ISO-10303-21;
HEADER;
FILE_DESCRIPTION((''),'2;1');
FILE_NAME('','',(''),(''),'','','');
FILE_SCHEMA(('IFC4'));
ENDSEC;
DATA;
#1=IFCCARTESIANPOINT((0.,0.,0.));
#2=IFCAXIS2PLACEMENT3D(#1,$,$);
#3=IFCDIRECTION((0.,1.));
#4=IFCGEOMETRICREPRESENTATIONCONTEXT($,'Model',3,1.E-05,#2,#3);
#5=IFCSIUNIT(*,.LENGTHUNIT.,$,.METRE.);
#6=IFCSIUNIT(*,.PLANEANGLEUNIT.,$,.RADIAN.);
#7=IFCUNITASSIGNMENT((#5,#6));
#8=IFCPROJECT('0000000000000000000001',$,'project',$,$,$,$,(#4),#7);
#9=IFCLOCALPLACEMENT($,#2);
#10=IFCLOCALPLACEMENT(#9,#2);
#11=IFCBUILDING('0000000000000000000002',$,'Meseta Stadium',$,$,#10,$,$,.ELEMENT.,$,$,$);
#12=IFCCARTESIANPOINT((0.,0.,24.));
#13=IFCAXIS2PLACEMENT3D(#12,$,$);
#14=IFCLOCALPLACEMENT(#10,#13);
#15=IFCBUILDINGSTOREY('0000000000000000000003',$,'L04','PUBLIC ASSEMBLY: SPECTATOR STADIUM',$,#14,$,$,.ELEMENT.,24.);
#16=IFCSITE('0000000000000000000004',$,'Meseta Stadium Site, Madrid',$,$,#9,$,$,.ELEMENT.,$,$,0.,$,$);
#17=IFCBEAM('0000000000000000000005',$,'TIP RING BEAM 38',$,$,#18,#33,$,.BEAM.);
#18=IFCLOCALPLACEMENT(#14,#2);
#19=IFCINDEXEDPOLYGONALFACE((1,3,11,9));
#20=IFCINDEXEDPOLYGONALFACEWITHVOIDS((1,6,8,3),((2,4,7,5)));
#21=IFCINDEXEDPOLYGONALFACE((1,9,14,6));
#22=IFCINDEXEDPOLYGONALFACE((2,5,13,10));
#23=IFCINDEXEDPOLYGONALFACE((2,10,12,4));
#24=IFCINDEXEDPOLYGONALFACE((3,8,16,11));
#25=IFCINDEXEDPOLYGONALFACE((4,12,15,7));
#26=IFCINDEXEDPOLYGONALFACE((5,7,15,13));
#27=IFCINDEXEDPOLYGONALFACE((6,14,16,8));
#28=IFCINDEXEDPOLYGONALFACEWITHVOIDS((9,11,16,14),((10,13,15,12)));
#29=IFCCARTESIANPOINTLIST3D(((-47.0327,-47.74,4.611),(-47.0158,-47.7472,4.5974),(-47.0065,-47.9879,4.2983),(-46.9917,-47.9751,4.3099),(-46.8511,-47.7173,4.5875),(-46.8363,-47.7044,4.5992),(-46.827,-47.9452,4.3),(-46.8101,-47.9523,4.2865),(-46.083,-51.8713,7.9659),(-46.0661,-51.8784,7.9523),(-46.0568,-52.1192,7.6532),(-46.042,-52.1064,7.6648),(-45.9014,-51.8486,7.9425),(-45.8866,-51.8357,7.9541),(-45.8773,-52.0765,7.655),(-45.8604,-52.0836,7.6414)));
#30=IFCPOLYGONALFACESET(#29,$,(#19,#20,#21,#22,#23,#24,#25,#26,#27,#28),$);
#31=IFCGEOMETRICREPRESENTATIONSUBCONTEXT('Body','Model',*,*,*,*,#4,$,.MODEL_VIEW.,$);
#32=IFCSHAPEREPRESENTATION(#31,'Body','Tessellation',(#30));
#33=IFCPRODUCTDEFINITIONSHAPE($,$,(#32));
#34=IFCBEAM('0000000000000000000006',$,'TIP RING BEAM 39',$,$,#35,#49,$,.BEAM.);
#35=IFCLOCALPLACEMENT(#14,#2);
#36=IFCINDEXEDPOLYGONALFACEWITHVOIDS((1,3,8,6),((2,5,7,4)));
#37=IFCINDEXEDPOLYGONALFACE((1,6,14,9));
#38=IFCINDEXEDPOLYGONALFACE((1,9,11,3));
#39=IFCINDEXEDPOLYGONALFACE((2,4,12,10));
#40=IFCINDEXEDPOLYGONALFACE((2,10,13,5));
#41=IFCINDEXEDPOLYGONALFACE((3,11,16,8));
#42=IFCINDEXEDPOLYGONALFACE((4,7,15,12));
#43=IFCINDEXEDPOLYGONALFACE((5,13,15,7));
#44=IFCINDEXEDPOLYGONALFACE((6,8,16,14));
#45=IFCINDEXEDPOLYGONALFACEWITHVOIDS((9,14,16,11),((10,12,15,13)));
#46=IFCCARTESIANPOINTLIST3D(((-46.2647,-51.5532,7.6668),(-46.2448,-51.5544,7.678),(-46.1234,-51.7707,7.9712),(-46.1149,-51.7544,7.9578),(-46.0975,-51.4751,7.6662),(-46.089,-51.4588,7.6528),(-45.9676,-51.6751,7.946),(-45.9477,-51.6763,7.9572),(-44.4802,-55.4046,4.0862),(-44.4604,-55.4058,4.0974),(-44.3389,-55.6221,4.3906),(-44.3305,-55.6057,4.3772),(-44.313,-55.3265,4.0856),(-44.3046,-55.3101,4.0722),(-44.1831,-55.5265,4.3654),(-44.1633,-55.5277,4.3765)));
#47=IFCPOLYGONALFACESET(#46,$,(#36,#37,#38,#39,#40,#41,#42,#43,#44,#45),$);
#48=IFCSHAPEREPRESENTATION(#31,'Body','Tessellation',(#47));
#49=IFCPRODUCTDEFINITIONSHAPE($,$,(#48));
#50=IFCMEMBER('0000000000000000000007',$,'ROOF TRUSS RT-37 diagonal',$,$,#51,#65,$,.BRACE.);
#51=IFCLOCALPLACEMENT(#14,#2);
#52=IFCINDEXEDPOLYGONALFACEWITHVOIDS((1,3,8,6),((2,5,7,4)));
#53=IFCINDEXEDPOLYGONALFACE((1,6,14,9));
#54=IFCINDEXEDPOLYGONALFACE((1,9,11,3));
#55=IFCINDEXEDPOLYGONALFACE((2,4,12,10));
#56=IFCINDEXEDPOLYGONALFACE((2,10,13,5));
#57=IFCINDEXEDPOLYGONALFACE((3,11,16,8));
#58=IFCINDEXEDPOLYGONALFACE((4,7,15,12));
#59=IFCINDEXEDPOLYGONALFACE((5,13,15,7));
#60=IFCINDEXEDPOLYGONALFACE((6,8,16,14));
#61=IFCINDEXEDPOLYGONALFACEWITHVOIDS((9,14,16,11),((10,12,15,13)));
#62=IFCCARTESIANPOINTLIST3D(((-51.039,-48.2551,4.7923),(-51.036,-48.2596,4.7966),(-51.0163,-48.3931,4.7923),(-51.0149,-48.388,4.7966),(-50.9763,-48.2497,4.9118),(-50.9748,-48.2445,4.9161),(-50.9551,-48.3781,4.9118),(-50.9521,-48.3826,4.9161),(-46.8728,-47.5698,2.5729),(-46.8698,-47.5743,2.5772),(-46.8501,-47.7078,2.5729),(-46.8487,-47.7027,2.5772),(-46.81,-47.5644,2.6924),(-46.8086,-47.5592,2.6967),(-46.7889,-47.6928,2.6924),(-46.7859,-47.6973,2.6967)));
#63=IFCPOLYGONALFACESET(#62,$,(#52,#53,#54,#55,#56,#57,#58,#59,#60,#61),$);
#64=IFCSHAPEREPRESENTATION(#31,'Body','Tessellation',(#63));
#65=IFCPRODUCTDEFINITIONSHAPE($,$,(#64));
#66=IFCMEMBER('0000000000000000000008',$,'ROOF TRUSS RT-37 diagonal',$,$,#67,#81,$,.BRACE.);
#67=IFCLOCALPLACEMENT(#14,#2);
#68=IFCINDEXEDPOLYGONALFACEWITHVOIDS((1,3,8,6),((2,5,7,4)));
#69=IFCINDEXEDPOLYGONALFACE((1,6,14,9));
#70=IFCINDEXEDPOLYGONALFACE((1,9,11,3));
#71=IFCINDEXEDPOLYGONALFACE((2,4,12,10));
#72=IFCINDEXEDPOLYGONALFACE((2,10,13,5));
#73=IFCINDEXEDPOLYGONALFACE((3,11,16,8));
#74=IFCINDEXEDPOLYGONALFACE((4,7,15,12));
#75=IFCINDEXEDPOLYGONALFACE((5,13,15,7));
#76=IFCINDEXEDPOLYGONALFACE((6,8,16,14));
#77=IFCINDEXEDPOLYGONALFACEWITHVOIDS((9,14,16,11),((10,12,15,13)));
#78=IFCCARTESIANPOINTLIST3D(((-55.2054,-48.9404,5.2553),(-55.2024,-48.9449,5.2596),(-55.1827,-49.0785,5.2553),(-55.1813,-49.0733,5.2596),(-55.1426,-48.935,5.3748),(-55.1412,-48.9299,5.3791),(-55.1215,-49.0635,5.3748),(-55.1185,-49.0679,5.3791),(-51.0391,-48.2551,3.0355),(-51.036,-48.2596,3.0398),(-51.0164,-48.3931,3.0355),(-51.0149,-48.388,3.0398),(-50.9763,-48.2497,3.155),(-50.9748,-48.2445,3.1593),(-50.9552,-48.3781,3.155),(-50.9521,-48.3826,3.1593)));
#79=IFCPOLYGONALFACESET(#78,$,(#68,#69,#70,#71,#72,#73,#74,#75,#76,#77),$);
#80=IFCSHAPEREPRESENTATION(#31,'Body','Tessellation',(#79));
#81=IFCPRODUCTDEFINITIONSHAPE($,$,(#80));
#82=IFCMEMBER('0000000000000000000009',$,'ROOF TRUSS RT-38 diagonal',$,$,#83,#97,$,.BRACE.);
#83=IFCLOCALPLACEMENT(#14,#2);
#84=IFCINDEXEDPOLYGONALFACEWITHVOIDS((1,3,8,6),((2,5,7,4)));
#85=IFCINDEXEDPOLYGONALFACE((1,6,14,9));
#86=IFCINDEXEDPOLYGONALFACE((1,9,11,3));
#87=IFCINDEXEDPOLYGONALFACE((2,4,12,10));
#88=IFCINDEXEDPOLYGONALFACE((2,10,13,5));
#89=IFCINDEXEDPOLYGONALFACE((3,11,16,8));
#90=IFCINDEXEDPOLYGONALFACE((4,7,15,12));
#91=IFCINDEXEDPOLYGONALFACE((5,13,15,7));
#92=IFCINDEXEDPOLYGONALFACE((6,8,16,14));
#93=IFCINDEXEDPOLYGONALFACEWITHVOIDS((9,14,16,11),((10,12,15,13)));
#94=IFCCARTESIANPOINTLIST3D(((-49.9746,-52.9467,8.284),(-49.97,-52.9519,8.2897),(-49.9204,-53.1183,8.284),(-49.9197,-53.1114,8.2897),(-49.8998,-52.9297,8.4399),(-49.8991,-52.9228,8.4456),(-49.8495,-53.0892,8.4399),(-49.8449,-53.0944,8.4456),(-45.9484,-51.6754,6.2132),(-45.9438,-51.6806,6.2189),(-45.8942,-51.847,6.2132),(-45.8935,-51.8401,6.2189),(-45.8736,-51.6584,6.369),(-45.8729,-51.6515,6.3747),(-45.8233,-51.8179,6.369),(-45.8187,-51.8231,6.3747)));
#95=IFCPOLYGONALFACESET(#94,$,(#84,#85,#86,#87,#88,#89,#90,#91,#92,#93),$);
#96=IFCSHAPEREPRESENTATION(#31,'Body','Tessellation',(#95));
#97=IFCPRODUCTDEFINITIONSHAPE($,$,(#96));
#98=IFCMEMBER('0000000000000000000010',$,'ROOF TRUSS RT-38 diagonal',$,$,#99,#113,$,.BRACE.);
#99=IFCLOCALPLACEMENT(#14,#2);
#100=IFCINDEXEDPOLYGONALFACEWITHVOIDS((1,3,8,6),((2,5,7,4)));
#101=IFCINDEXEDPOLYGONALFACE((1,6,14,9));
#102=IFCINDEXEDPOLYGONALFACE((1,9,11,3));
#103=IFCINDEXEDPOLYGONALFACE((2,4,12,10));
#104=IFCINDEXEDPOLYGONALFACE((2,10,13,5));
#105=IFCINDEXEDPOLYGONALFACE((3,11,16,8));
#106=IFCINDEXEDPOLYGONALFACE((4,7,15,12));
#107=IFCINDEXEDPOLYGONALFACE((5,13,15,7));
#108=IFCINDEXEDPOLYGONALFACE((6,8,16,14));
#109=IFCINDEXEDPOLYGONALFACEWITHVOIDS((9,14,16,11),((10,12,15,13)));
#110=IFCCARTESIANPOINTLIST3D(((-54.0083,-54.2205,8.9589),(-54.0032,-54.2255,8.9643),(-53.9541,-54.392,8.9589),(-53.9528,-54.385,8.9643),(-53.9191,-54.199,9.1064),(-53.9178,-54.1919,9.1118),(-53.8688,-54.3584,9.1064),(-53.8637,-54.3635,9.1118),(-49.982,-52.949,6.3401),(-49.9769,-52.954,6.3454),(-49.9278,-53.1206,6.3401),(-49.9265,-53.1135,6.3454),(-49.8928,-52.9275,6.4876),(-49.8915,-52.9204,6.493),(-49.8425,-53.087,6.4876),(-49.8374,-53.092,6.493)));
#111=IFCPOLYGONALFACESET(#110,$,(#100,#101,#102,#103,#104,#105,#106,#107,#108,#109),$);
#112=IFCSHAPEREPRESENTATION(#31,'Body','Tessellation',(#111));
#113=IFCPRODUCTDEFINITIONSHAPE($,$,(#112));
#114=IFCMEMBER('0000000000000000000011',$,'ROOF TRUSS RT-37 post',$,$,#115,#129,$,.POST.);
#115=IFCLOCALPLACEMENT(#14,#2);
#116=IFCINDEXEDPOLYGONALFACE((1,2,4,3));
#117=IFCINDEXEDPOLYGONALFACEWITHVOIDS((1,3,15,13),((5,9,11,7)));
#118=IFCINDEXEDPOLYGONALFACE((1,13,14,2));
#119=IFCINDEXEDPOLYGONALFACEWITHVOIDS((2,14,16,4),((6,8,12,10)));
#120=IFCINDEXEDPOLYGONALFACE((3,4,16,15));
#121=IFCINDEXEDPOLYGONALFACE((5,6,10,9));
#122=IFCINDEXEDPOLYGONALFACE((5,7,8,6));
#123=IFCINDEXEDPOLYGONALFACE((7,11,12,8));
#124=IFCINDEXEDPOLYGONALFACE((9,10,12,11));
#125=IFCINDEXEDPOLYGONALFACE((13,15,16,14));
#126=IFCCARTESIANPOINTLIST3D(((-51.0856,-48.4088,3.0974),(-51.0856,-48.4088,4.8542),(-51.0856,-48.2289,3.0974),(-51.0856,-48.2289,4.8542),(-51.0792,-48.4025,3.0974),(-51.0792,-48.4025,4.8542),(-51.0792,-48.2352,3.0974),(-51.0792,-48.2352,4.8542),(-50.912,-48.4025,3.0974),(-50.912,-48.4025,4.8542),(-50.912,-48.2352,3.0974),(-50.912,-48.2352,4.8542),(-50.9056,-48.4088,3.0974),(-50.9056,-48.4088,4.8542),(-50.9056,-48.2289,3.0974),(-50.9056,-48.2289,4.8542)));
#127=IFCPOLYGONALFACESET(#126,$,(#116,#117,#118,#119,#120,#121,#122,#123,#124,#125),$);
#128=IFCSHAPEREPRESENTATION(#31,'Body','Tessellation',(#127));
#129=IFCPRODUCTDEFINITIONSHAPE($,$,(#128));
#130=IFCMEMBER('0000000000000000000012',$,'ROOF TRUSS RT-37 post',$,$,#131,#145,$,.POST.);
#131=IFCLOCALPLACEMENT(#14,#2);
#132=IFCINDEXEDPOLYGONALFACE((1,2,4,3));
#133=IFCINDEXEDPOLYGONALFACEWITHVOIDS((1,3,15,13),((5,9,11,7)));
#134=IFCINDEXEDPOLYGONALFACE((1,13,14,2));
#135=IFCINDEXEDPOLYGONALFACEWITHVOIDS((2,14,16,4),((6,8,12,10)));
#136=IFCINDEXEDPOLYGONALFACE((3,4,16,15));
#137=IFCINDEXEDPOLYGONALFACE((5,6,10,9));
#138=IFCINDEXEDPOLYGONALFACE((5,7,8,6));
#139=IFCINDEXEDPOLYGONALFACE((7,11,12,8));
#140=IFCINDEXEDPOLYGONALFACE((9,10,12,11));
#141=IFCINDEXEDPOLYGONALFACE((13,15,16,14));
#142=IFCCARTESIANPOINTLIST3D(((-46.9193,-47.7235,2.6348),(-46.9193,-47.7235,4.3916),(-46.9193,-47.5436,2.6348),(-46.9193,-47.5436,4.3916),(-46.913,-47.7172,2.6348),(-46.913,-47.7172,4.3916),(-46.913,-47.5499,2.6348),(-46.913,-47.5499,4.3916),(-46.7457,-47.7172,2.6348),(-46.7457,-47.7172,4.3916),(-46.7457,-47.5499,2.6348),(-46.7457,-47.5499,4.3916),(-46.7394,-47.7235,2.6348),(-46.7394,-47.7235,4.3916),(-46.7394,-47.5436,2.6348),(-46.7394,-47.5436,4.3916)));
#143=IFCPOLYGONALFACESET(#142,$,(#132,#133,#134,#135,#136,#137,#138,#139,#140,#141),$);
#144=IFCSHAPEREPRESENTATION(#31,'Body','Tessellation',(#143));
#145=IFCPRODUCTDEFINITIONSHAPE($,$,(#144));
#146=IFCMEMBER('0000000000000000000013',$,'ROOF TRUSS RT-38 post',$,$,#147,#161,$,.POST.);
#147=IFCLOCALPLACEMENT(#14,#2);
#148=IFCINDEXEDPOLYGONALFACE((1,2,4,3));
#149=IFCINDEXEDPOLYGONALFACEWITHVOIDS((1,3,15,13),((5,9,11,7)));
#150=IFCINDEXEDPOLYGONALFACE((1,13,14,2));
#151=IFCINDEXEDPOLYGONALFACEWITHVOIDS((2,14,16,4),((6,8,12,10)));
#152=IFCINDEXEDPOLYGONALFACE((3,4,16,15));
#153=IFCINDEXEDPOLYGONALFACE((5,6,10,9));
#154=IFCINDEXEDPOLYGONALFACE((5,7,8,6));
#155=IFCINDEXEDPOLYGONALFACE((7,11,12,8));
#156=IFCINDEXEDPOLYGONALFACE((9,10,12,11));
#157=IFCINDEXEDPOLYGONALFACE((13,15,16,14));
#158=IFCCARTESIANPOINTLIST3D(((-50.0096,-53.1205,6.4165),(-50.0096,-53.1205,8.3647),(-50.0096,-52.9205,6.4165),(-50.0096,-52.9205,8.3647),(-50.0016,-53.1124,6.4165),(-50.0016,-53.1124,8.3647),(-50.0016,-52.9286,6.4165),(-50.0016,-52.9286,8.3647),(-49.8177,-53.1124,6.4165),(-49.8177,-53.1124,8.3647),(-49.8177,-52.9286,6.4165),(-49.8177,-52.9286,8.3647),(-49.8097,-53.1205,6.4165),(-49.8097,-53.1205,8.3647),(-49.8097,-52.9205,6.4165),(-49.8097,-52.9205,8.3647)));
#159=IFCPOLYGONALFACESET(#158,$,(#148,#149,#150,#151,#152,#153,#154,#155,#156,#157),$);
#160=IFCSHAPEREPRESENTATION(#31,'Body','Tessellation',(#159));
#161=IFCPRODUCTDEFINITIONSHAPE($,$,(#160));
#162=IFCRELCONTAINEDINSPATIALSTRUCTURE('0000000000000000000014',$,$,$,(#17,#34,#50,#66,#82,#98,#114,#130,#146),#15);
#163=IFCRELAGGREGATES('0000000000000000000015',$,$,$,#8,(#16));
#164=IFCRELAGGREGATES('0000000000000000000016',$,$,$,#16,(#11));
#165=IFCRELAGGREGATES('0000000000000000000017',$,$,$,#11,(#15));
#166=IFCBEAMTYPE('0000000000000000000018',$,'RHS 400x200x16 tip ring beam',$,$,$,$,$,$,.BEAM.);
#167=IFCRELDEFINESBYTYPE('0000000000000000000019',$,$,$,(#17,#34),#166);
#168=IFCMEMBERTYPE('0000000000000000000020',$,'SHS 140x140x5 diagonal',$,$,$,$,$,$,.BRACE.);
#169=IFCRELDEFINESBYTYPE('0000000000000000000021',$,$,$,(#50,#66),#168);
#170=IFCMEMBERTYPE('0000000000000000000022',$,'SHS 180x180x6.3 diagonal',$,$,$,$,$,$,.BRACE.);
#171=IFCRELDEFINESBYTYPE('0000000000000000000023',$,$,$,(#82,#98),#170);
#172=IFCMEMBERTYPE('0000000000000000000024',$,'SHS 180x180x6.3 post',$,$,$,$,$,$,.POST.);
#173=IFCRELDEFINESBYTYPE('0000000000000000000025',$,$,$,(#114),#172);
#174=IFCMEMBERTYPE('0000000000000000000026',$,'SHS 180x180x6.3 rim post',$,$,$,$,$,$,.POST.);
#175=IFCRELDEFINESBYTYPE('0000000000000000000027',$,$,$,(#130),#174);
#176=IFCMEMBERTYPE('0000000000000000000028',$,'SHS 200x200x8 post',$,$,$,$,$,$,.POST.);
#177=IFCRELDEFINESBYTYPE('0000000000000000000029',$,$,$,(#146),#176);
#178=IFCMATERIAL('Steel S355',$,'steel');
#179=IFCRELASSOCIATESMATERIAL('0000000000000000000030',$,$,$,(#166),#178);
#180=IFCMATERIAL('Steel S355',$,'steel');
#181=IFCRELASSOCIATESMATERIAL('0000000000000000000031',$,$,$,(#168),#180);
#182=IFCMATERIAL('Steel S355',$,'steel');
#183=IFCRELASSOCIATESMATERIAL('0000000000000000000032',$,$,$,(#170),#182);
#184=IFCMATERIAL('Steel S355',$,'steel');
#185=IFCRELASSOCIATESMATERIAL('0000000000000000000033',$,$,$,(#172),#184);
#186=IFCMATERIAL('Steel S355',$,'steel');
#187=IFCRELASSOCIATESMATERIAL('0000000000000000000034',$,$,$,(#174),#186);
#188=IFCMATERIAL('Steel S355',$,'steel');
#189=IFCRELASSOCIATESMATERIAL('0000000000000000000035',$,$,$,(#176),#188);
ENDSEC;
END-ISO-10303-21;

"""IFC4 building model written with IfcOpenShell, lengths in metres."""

from ifc_helpers import new_model, si_unit, direction, frame, origin, origin_2d, place, context, subcontext, project, spatial, hollow_rectangle, extrude, material, material_profile, profile_set, type_object, element, save


model = new_model("IFC4")

# Units and contexts
model_context = context("Model", 3, precision=1e-05, world=origin(), true_north=direction((0.0, 1.0)))
body_context = subcontext(model_context, "Body", "Model", "MODEL_VIEW")
ifc_project = project(units=[si_unit("LENGTHUNIT", "METRE"), si_unit("PLANEANGLEUNIT", "RADIAN")], contexts=[model_context])

# Site, building, storey
site_placement = place(None, origin())
site = spatial("IfcSite", under=ifc_project, at=site_placement, Name="Meseta Stadium Site, Madrid", CompositionType="ELEMENT", RefElevation=0.0)
building_placement = place(site_placement, origin())
building = spatial("IfcBuilding", under=site, at=building_placement, Name="Meseta Stadium", CompositionType="ELEMENT")
storey_placement = place(building_placement, frame((0.0, 0.0, 24.0)))
storey = spatial("IfcBuildingStorey", under=building, at=storey_placement, Name="L04", Description="PUBLIC ASSEMBLY: SPECTATOR STADIUM", CompositionType="ELEMENT", Elevation=24.0)

# Beams
ifc_material_1 = material(Name="Steel S355", Category="steel")
ifc_material_profile_1 = material_profile(ifc_material_1, hollow_rectangle(XDim=0.2, YDim=0.3999, WallThickness=0.0161, at=origin_2d()), Name="RHS 400x200x16")
ifc_profile_set_1 = profile_set([ifc_material_profile_1], Name="Steel S355")
beam_type = type_object("IfcBeamType", Name="RHS 400x200x16 tip ring beam", PredefinedType="BEAM", material=ifc_profile_set_1)
beam_1_placement = place(storey_placement, frame((-46.9214, -47.8462, 4.4487), z_axis=(0.175673, -0.764202, 0.620592), x_axis=(0.982266, 0.178023, -0.058835)))
element("IfcBeam", 1, at=beam_1_placement, inside=storey, type_object=beam_type, Name="TIP RING BEAM 38", PredefinedType="BEAM", context=body_context, shape_type="SweptSolid", body=[
    extrude(hollow_rectangle(XDim=0.2, YDim=0.3999, WallThickness=0.0161, at=origin_2d()), origin(), (0.0, 0.0, 1.0), 5.406),
])
beam_2_placement = place(storey_placement, frame((-46.1062, -51.6147, 7.812), z_axis=(0.321336, -0.69354, -0.644783), x_axis=(0.878576, 0.472404, -0.070276)))
element("IfcBeam", 2, at=beam_2_placement, inside=storey, type_object=beam_type, Name="TIP RING BEAM 39", PredefinedType="BEAM", context=body_context, shape_type="SweptSolid", body=[
    extrude(hollow_rectangle(XDim=0.2, YDim=0.3999, WallThickness=0.0161, at=origin_2d()), origin(), (0.0, 0.0, 1.0), 5.5532),
])

# Members
ifc_material_2 = material(Name="Steel S355", Category="steel")
ifc_material_profile_2 = material_profile(ifc_material_2, hollow_rectangle(XDim=0.1399, YDim=0.1399, WallThickness=0.0049, at=origin_2d()), Name="SHS 140x140x5")
ifc_profile_set_2 = profile_set([ifc_material_profile_2], Name="Steel S355")
member_type_1 = type_object("IfcMemberType", Name="SHS 140x140x5 diagonal", PredefinedType="BRACE", material=ifc_profile_set_2)
member_1_placement = place(storey_placement, frame((-46.8293, -47.6335, 2.6348), z_axis=(-0.873419, -0.143668, 0.465295), x_axis=(0.162308, -0.98674, 0.0)))
element("IfcMember", 3, at=member_1_placement, inside=storey, type_object=member_type_1, Name="ROOF TRUSS RT-37 diagonal", PredefinedType="BRACE", context=body_context, shape_type="SweptSolid", body=[
    extrude(hollow_rectangle(XDim=0.1399, YDim=0.1399, WallThickness=0.0049, at=origin_2d()), origin(), (0.0, 0.0, 1.0), 4.77),
])
member_2_placement = place(storey_placement, frame((-50.9956, -48.3188, 3.0974), z_axis=(-0.873398, -0.143664, 0.465335), x_axis=(0.162308, -0.98674, 0.0)))
element("IfcMember", 4, at=member_2_placement, inside=storey, type_object=member_type_1, Name="ROOF TRUSS RT-37 diagonal", PredefinedType="BRACE", context=body_context, shape_type="SweptSolid", body=[
    extrude(hollow_rectangle(XDim=0.1399, YDim=0.1399, WallThickness=0.0049, at=origin_2d()), origin(), (0.0, 0.0, 1.0), 4.7703),
])
ifc_material_3 = material(Name="Steel S355", Category="steel")
ifc_material_profile_3 = material_profile(ifc_material_3, hollow_rectangle(XDim=0.1799, YDim=0.1799, WallThickness=0.0063, at=origin_2d()), Name="SHS 180x180x6.3")
ifc_profile_set_3 = profile_set([ifc_material_profile_3], Name="Steel S355")
member_type_2 = type_object("IfcMemberType", Name="SHS 180x180x6.3 diagonal", PredefinedType="BRACE", material=ifc_profile_set_3)
member_3_placement = place(storey_placement, frame((-45.8835, -51.7493, 6.2939), z_axis=(-0.856158, -0.27033, 0.440357), x_axis=(0.301095, -0.953594, 0.0)))
element("IfcMember", 5, at=member_3_placement, inside=storey, type_object=member_type_2, Name="ROOF TRUSS RT-38 diagonal", PredefinedType="BRACE", context=body_context, shape_type="SweptSolid", body=[
    extrude(hollow_rectangle(XDim=0.1799, YDim=0.1799, WallThickness=0.0063, at=origin_2d()), origin(), (0.0, 0.0, 1.0), 4.7026),
])
member_4_placement = place(storey_placement, frame((-49.9097, -53.0205, 6.4165), z_axis=(-0.810364, -0.255904, 0.52709), x_axis=(0.301131, -0.953583, 0.0)))
element("IfcMember", 6, at=member_4_placement, inside=storey, type_object=member_type_2, Name="ROOF TRUSS RT-38 diagonal", PredefinedType="BRACE", context=body_context, shape_type="SweptSolid", body=[
    extrude(hollow_rectangle(XDim=0.1799, YDim=0.1799, WallThickness=0.0063, at=origin_2d()), origin(), (0.0, 0.0, 1.0), 4.9685),
])
ifc_material_4 = material(Name="Steel S355", Category="steel")
ifc_material_profile_4 = material_profile(ifc_material_4, hollow_rectangle(XDim=0.1799, YDim=0.1799, WallThickness=0.0063, at=origin_2d()), Name="SHS 180x180x6.3")
ifc_profile_set_4 = profile_set([ifc_material_profile_4], Name="Steel S355")
member_type_3 = type_object("IfcMemberType", Name="SHS 180x180x6.3 post", PredefinedType="POST", material=ifc_profile_set_4)
member_5_placement = place(storey_placement, frame((-50.9956, -48.3188, 3.0974), z_axis=(0.0, 0.0, 1.0), x_axis=(1.0, 0.0, 0.0)))
element("IfcMember", 7, at=member_5_placement, inside=storey, type_object=member_type_3, Name="ROOF TRUSS RT-37 post", PredefinedType="POST", context=body_context, shape_type="SweptSolid", body=[
    extrude(hollow_rectangle(XDim=0.1799, YDim=0.1799, WallThickness=0.0063, at=origin_2d()), origin(), (0.0, 0.0, 1.0), 1.7568),
])
ifc_material_5 = material(Name="Steel S355", Category="steel")
ifc_material_profile_5 = material_profile(ifc_material_5, hollow_rectangle(XDim=0.1799, YDim=0.1799, WallThickness=0.0063, at=origin_2d()), Name="SHS 180x180x6.3")
ifc_profile_set_5 = profile_set([ifc_material_profile_5], Name="Steel S355")
member_type_4 = type_object("IfcMemberType", Name="SHS 180x180x6.3 rim post", PredefinedType="POST", material=ifc_profile_set_5)
member_6_placement = place(storey_placement, frame((-46.8293, -47.6335, 2.6348), z_axis=(0.0, 0.0, 1.0), x_axis=(1.0, 0.0, 0.0)))
element("IfcMember", 8, at=member_6_placement, inside=storey, type_object=member_type_4, Name="ROOF TRUSS RT-37 post", PredefinedType="POST", context=body_context, shape_type="SweptSolid", body=[
    extrude(hollow_rectangle(XDim=0.1799, YDim=0.1799, WallThickness=0.0063, at=origin_2d()), origin(), (0.0, 0.0, 1.0), 1.7568),
])
ifc_material_6 = material(Name="Steel S355", Category="steel")
ifc_material_profile_6 = material_profile(ifc_material_6, hollow_rectangle(XDim=0.2, YDim=0.2, WallThickness=0.0081, at=origin_2d()), Name="SHS 200x200x8")
ifc_profile_set_6 = profile_set([ifc_material_profile_6], Name="Steel S355")
member_type_5 = type_object("IfcMemberType", Name="SHS 200x200x8 post", PredefinedType="POST", material=ifc_profile_set_6)
member_7_placement = place(storey_placement, frame((-49.9097, -53.0205, 6.4165), z_axis=(0.0, 0.0, 1.0), x_axis=(1.0, 0.0, 0.0)))
element("IfcMember", 9, at=member_7_placement, inside=storey, type_object=member_type_5, Name="ROOF TRUSS RT-38 post", PredefinedType="POST", context=body_context, shape_type="SweptSolid", body=[
    extrude(hollow_rectangle(XDim=0.2, YDim=0.2, WallThickness=0.0081, at=origin_2d()), origin(), (0.0, 0.0, 1.0), 1.9482),
])

save(model, "model.ifc")
